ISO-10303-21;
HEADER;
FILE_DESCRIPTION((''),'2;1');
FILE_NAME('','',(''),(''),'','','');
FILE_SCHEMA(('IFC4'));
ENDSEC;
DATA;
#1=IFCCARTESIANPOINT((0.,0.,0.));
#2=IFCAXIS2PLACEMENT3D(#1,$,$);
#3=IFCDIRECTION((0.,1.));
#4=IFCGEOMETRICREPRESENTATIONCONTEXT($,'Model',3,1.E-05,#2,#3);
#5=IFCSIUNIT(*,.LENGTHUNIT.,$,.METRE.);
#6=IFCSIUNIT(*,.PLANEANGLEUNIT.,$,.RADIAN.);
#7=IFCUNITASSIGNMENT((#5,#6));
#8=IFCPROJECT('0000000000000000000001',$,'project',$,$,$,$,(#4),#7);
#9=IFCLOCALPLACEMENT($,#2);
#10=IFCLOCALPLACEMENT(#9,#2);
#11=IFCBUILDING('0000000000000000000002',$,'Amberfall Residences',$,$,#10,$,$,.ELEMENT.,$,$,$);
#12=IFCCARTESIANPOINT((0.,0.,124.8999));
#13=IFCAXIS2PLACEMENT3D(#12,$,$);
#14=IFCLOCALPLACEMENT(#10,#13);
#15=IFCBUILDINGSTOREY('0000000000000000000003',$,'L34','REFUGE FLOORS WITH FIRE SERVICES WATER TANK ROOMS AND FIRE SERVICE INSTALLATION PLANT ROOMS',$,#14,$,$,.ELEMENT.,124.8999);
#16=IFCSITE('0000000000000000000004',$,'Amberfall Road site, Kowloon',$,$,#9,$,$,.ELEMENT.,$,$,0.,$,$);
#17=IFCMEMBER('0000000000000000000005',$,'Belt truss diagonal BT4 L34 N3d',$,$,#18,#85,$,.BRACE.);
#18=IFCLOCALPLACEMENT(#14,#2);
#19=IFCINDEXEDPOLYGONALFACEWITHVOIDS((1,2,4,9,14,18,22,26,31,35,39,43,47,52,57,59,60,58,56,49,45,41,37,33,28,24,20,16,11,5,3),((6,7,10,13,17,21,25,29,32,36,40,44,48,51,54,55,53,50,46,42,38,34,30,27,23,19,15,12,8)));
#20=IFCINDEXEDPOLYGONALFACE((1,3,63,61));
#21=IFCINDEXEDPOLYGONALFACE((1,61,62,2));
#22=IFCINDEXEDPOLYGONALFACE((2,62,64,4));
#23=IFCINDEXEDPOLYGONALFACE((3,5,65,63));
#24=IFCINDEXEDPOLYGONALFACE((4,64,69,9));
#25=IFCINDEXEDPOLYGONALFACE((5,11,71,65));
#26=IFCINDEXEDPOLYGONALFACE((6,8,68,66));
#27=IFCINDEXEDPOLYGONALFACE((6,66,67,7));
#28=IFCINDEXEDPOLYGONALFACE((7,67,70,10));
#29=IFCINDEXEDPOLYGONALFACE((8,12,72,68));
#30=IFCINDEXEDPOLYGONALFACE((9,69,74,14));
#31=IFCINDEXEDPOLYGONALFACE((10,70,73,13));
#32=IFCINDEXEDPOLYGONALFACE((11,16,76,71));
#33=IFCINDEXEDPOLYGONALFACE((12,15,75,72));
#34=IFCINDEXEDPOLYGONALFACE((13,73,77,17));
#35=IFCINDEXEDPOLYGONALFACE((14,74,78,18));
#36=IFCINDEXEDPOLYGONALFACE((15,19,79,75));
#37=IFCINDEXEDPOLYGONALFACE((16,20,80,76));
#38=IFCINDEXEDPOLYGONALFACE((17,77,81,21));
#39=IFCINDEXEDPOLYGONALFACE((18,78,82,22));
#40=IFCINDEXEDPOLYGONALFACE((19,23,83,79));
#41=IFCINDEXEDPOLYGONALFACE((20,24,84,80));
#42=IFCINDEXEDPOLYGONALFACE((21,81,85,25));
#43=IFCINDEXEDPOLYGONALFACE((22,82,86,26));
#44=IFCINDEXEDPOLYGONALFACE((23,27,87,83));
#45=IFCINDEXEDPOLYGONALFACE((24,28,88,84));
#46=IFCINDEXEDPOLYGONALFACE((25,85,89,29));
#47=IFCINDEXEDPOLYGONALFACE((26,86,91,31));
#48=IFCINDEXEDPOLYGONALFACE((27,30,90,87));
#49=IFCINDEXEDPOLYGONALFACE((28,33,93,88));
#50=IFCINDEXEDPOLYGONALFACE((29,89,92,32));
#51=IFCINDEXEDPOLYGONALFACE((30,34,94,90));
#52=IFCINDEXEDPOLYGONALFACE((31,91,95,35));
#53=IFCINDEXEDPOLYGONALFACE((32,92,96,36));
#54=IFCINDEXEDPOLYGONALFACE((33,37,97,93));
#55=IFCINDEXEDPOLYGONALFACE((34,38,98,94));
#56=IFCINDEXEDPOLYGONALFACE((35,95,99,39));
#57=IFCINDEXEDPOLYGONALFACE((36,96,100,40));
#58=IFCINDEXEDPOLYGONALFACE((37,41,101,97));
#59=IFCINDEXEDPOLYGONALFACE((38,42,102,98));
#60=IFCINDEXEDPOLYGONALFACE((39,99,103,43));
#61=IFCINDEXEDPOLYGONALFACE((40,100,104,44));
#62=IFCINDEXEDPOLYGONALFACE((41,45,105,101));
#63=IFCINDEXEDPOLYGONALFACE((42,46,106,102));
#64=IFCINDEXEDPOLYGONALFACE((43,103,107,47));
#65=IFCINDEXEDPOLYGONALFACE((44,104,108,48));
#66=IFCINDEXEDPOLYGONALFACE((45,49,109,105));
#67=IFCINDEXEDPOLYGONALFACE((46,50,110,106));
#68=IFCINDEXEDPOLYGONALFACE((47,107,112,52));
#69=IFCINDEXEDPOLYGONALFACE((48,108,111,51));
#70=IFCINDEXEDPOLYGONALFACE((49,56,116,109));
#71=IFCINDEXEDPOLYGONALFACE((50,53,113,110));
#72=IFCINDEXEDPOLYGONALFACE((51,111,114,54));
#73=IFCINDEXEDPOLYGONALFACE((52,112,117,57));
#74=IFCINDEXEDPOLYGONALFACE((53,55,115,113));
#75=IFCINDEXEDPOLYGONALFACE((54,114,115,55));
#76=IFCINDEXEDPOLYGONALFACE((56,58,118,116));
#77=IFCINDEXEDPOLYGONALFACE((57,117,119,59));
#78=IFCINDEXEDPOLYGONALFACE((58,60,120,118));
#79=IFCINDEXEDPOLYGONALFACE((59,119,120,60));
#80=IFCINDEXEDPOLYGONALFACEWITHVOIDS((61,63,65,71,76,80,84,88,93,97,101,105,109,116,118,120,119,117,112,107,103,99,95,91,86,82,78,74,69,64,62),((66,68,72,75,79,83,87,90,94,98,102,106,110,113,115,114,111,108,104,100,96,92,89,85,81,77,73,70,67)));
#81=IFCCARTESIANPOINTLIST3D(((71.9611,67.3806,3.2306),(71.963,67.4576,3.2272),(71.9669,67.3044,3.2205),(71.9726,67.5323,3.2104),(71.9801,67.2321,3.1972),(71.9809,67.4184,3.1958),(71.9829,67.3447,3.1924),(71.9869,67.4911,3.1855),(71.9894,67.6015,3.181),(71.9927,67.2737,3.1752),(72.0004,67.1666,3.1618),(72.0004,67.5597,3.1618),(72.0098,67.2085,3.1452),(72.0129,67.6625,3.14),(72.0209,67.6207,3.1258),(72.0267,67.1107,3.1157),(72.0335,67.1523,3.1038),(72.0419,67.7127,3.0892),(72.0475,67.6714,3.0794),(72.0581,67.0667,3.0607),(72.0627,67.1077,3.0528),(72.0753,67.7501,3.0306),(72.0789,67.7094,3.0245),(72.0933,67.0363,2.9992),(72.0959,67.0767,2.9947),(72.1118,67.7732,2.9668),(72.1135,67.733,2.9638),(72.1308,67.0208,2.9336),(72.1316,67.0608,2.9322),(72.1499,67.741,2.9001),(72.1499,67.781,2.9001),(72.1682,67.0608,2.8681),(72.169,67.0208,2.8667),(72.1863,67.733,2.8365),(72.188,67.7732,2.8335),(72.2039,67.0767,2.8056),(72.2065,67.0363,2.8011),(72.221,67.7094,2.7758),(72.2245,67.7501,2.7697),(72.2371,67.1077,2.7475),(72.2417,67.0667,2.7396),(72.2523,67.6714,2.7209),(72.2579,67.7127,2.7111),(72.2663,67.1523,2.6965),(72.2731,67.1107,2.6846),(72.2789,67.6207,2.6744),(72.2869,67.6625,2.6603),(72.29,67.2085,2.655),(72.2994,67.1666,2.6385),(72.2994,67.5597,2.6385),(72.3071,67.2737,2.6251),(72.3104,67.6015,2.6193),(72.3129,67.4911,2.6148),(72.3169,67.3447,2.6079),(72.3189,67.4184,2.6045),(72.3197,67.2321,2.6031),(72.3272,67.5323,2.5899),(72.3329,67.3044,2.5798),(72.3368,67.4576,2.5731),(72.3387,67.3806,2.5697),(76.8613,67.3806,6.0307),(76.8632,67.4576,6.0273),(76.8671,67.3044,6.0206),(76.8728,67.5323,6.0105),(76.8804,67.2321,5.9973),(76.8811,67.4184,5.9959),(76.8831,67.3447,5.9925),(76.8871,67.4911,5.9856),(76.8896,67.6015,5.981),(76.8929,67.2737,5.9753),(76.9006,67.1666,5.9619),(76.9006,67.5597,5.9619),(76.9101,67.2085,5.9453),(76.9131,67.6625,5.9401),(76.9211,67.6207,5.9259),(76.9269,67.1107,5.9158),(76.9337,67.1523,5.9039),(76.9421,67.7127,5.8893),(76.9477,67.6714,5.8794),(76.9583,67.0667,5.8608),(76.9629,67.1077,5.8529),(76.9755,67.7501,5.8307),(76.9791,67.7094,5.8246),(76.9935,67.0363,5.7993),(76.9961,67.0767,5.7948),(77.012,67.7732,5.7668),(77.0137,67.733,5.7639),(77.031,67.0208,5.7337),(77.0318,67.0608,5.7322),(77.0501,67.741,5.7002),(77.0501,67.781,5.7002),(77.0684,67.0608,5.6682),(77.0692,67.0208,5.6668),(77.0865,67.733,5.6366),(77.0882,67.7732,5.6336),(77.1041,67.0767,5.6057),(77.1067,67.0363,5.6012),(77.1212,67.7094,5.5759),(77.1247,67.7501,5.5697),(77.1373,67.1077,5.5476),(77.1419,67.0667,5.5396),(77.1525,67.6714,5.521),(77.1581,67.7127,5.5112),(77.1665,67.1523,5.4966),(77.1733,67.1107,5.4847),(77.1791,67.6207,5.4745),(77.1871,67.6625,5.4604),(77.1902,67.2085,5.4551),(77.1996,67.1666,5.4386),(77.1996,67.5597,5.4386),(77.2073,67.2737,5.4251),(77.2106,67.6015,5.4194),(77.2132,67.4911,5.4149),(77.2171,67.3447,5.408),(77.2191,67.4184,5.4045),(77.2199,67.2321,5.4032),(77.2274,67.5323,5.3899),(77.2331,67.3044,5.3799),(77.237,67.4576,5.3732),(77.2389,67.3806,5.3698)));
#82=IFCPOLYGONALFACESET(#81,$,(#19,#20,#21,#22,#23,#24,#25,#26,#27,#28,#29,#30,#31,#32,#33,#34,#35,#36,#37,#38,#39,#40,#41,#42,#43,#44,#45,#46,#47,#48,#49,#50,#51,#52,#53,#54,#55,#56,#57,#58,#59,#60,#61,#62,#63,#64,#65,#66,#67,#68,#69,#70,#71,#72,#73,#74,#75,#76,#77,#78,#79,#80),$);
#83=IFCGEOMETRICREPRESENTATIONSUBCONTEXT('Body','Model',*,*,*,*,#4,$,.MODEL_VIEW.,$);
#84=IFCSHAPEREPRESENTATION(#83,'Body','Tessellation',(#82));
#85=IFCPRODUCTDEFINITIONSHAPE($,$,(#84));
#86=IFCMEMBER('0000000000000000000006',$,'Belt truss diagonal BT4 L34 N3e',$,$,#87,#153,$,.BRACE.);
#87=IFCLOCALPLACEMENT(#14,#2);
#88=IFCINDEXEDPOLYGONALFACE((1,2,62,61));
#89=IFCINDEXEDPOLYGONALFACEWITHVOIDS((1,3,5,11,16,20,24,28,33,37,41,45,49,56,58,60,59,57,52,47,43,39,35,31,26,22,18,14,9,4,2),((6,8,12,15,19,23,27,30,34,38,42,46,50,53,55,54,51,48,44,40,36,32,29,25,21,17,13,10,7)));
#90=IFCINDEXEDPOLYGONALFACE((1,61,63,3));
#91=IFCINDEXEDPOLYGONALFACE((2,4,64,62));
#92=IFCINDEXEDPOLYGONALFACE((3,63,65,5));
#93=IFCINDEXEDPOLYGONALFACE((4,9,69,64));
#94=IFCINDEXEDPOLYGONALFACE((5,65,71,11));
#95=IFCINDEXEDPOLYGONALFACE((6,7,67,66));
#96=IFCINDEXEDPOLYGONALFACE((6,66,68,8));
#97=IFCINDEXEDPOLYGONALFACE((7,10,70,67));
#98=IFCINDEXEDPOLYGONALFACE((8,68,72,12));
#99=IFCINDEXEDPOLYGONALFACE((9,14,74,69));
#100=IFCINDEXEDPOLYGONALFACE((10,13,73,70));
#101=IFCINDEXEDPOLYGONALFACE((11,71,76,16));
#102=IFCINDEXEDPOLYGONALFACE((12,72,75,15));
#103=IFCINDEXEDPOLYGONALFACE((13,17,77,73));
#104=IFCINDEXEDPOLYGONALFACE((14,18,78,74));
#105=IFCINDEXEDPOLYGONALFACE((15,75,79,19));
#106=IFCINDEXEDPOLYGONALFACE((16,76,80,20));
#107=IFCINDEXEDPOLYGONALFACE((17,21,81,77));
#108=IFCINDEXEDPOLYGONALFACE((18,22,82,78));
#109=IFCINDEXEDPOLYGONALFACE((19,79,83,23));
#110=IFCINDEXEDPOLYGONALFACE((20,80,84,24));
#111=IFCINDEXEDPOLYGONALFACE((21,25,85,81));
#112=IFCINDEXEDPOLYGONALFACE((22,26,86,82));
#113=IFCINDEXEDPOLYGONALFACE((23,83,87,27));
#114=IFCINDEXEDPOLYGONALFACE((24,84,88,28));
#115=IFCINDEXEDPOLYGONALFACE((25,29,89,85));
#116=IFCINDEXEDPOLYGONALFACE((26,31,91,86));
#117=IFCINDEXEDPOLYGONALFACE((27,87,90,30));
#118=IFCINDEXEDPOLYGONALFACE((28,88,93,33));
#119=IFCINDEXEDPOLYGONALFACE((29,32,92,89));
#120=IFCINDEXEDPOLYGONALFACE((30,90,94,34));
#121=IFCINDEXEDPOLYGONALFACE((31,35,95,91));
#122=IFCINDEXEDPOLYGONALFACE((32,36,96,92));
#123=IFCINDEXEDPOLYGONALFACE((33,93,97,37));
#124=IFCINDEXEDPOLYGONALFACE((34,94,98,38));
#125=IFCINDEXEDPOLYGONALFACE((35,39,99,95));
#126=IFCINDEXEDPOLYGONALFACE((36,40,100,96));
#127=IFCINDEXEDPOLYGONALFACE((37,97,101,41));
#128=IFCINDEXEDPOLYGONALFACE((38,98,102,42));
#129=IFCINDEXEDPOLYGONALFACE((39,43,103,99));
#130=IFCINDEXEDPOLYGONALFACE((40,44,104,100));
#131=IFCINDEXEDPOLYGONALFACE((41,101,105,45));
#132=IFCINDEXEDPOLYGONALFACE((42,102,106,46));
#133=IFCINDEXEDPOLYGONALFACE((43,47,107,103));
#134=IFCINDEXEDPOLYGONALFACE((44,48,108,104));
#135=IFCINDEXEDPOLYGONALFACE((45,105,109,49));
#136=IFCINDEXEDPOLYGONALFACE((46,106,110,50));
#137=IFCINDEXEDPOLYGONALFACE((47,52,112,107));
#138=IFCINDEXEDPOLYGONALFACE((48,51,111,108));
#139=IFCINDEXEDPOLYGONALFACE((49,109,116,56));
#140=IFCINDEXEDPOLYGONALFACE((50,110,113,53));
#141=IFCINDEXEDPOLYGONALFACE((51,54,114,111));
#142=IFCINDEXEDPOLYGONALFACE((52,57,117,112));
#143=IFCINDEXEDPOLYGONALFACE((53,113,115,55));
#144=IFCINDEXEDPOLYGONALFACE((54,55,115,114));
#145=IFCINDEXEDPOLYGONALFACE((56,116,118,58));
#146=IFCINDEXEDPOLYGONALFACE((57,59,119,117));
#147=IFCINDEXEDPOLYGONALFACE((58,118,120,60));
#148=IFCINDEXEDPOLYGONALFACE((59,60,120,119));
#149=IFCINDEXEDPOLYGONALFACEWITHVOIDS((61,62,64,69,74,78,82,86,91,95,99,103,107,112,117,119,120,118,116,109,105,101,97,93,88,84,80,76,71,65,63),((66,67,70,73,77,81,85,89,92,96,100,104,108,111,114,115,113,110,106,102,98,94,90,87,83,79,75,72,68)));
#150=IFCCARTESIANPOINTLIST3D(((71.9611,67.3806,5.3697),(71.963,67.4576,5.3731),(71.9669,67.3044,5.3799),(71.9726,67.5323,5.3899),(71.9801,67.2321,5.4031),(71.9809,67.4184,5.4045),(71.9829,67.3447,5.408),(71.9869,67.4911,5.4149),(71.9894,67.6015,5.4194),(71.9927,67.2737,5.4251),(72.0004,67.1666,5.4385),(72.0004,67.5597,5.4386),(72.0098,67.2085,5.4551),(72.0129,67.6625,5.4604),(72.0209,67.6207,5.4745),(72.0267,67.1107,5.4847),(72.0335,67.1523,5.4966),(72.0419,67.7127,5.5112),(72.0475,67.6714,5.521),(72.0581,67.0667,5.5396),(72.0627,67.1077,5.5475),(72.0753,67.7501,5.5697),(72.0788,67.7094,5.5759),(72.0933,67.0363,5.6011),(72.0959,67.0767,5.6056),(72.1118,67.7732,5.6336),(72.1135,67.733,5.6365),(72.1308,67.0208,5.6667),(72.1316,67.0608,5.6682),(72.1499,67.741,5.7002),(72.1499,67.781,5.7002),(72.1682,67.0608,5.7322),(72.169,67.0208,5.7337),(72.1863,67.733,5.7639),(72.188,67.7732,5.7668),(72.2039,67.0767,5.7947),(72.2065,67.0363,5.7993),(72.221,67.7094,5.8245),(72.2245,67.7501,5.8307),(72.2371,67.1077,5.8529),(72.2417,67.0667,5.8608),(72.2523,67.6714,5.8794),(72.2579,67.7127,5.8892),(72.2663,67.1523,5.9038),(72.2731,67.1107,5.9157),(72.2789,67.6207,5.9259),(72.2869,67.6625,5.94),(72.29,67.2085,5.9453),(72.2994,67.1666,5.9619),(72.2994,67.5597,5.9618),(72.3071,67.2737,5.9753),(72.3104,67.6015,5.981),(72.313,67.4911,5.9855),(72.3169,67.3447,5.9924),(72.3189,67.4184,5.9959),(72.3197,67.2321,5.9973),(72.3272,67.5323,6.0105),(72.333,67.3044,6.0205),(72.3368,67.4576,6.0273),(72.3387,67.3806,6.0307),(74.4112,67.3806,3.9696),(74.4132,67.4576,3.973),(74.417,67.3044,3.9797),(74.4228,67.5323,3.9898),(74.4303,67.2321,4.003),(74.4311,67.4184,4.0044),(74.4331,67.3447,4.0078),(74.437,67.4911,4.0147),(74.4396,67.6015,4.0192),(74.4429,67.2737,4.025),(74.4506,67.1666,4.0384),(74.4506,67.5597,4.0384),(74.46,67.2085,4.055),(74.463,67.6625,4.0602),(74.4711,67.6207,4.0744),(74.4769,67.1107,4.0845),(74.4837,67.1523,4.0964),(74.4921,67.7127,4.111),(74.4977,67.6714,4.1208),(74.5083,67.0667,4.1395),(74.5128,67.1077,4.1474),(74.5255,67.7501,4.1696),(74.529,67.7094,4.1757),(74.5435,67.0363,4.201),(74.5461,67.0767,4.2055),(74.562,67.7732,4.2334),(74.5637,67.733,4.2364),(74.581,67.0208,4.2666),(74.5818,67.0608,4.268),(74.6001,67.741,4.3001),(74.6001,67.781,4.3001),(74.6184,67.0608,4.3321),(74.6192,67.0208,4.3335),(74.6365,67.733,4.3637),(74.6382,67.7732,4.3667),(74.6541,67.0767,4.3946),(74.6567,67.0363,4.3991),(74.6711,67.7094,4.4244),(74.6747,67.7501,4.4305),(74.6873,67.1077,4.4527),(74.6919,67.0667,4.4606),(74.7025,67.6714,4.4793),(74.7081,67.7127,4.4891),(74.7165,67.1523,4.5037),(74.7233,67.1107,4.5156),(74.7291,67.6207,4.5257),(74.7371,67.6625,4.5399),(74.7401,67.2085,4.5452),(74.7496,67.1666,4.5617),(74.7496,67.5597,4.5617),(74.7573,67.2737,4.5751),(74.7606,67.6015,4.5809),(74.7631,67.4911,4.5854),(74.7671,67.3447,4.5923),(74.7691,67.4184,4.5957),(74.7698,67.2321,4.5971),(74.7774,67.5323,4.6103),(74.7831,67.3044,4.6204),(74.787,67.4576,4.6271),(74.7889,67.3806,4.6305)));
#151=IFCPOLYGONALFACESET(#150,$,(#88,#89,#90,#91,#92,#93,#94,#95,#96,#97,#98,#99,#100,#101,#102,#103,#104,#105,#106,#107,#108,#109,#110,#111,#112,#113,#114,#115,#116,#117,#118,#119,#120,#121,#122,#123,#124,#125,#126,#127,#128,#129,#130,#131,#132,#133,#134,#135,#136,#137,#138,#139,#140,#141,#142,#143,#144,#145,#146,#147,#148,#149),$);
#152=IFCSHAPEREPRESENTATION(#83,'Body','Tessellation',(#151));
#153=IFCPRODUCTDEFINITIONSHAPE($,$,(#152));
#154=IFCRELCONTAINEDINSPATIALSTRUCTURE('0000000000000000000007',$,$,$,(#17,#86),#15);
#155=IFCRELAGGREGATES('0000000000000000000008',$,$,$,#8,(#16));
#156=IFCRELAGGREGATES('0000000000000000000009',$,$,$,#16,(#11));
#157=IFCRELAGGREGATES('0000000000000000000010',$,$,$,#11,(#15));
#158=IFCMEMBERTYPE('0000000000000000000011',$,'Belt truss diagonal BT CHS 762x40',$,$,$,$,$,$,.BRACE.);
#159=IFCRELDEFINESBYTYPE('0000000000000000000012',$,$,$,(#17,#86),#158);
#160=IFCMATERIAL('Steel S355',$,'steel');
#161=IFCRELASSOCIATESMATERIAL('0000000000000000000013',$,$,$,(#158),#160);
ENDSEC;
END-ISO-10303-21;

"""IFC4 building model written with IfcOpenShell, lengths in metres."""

from ifc_helpers import new_model, si_unit, direction, frame, origin, origin_2d, place, context, subcontext, project, spatial, hollow_circle, extrude, material, material_profile, profile_set, type_object, element, save


model = new_model("IFC4")

# Units and contexts
model_context = context("Model", 3, precision=1e-05, world=origin(), true_north=direction((0.0, 1.0)))
body_context = subcontext(model_context, "Body", "Model", "MODEL_VIEW")
ifc_project = project(units=[si_unit("LENGTHUNIT", "METRE"), si_unit("PLANEANGLEUNIT", "RADIAN")], contexts=[model_context])

# Site, building, storey
site_placement = place(None, origin())
site = spatial("IfcSite", under=ifc_project, at=site_placement, Name="Amberfall Road site, Kowloon", CompositionType="ELEMENT", RefElevation=0.0)
building_placement = place(site_placement, origin())
building = spatial("IfcBuilding", under=site, at=building_placement, Name="Amberfall Residences", CompositionType="ELEMENT")
storey_placement = place(building_placement, frame((0.0, 0.0, 124.8999)))
storey = spatial("IfcBuildingStorey", under=building, at=storey_placement, Name="L34", Description="REFUGE FLOORS WITH FIRE SERVICES WATER TANK ROOMS AND FIRE SERVICE INSTALLATION PLANT ROOMS", CompositionType="ELEMENT", Elevation=124.8999)

# Shared definitions
ifc_material_1 = material(Name="Steel S355", Category="steel")

# Members
ifc_material_profile_1 = material_profile(ifc_material_1, hollow_circle(Radius=0.3811, WallThickness=0.04, at=origin_2d()), Name="CHS 762x40")
ifc_profile_set_1 = profile_set([ifc_material_profile_1], Name="Steel S355")
member_type = type_object("IfcMemberType", Name="Belt truss diagonal BT CHS 762x40", PredefinedType="BRACE", material=ifc_profile_set_1)
member_1_placement = place(storey_placement, frame((72.1499, 67.3999, 2.9001), z_axis=(0.868246, 0.0, 0.496134), x_axis=(0.0, 1.0, 0.0)))
element("IfcMember", 1, at=member_1_placement, inside=storey, type_object=member_type, Name="Belt truss diagonal BT4 L34 N3d", PredefinedType="BRACE", context=body_context, shape_type="SweptSolid", body=[
    extrude(hollow_circle(Radius=0.3811, WallThickness=0.04, at=origin_2d()), origin(), (0.0, 0.0, 1.0), 5.6438),
])
member_2_placement = place(storey_placement, frame((72.1499, 67.3999, 5.7002), z_axis=(0.868238, 0.0, -0.496148), x_axis=(0.0, 1.0, 0.0)))
element("IfcMember", 2, at=member_2_placement, inside=storey, type_object=member_type, Name="Belt truss diagonal BT4 L34 N3e", PredefinedType="BRACE", context=body_context, shape_type="SweptSolid", body=[
    extrude(hollow_circle(Radius=0.3811, WallThickness=0.04, at=origin_2d()), origin(), (0.0, 0.0, 1.0), 2.822),
])

save(model, "model.ifc")
